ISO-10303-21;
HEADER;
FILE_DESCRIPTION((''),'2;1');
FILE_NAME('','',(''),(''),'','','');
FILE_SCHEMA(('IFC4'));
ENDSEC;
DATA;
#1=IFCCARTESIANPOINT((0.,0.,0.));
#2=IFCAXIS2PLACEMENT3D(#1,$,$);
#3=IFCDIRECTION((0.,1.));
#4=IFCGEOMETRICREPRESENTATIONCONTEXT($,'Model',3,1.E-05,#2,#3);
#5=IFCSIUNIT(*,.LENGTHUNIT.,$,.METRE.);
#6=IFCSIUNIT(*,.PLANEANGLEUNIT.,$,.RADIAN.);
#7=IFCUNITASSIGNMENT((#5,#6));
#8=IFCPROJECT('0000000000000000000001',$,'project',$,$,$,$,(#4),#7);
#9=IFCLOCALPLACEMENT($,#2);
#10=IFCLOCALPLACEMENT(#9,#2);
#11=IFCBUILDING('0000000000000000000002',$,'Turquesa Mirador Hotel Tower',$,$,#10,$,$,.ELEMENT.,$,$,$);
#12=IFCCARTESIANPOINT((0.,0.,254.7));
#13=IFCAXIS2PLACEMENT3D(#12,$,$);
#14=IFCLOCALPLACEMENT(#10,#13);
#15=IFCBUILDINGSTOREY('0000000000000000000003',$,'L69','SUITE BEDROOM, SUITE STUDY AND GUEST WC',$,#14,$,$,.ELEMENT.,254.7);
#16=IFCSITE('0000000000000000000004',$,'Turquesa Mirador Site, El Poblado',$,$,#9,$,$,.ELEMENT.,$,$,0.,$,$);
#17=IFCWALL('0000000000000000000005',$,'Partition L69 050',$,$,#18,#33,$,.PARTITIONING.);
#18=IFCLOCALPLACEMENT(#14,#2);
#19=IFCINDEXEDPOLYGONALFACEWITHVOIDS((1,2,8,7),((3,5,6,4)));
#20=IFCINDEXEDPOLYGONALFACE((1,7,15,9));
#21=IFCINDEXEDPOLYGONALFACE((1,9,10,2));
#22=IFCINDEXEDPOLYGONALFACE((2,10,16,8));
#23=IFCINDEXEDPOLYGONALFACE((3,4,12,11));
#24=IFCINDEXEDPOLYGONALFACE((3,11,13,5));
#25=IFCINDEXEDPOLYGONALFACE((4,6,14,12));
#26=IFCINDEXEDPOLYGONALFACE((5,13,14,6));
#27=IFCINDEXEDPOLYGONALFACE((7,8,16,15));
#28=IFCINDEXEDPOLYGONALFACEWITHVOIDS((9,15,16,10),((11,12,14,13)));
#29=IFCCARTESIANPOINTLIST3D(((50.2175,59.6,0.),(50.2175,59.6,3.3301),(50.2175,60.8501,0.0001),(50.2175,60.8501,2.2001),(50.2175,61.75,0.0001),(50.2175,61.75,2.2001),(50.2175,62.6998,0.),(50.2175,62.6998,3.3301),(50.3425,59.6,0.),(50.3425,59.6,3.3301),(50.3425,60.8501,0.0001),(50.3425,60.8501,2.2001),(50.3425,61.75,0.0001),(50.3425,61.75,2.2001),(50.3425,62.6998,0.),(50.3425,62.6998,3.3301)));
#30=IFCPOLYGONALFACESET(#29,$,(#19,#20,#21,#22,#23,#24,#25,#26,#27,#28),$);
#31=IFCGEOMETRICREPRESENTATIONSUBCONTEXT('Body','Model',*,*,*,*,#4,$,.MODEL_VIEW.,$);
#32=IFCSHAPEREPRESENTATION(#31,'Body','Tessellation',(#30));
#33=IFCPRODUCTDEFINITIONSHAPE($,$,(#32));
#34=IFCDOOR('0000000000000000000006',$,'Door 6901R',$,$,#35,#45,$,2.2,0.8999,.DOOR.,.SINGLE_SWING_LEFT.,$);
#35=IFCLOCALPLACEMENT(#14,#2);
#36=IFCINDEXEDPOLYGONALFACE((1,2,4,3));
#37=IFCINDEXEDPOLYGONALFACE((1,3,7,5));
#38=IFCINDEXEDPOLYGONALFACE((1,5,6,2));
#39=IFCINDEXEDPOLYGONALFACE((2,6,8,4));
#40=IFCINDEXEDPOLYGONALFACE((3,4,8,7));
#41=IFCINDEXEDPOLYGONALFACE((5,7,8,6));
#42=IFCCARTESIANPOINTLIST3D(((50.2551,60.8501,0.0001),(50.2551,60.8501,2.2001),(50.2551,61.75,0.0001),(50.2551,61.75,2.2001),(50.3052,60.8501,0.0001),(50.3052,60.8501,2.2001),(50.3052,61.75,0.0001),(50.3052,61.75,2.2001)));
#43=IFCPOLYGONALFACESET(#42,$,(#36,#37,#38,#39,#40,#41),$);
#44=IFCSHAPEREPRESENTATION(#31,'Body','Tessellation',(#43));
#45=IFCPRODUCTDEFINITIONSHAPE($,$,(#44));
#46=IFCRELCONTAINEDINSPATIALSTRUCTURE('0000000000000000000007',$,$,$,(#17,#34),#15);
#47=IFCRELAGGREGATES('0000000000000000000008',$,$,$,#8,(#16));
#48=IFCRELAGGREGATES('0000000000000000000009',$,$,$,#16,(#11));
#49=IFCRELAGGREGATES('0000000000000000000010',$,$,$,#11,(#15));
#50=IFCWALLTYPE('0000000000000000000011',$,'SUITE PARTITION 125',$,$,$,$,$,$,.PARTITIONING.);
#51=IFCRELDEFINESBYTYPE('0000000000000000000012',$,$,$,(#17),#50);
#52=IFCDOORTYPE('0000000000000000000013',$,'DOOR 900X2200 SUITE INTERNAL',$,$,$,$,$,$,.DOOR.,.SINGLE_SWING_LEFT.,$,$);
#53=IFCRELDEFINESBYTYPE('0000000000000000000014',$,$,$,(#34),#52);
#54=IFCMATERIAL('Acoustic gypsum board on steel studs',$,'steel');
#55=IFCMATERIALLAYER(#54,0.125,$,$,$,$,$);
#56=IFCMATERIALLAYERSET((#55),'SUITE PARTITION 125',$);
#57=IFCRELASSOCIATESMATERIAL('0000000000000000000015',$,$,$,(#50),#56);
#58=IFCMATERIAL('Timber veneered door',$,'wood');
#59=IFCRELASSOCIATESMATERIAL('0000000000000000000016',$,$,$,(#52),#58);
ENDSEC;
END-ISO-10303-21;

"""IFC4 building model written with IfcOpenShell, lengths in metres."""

from ifc_helpers import new_model, si_unit, direction, frame, frame_2d, origin, place, context, subcontext, project, spatial, rectangle, extrude, material, layer, layer_set, type_object, element, fill, save


model = new_model("IFC4")

# Units and contexts
model_context = context("Model", 3, precision=1e-05, world=origin(), true_north=direction((0.0, 1.0)))
body_context = subcontext(model_context, "Body", "Model", "MODEL_VIEW")
ifc_project = project(units=[si_unit("LENGTHUNIT", "METRE"), si_unit("PLANEANGLEUNIT", "RADIAN")], contexts=[model_context])

# Site, building, storey
site_placement = place(None, origin())
site = spatial("IfcSite", under=ifc_project, at=site_placement, Name="Turquesa Mirador Site, El Poblado", CompositionType="ELEMENT", RefElevation=0.0)
building_placement = place(site_placement, origin())
building = spatial("IfcBuilding", under=site, at=building_placement, Name="Turquesa Mirador Hotel Tower", CompositionType="ELEMENT")
storey_placement = place(building_placement, frame((0.0, 0.0, 254.7)))
storey = spatial("IfcBuildingStorey", under=building, at=storey_placement, Name="L69", Description="SUITE BEDROOM, SUITE STUDY AND GUEST WC", CompositionType="ELEMENT", Elevation=254.7)

# Wall, opening, door
ifc_material_1 = material(Name="Acoustic gypsum board on steel studs", Category="steel")
ifc_layer_1 = layer(ifc_material_1, 0.125)
ifc_layer_set_1 = layer_set([ifc_layer_1], Name="SUITE PARTITION 125")
wall_type_1 = type_object("IfcWallType", Name="SUITE PARTITION 125", PredefinedType="PARTITIONING", material=ifc_layer_set_1)
ifc_material_2 = material(Name="Timber veneered door", Category="wood")
door_type_1 = type_object("IfcDoorType", Name="DOOR 900X2200 SUITE INTERNAL", OperationType="SINGLE_SWING_LEFT", PredefinedType="DOOR", material=ifc_material_2)
wall_1_placement = place(storey_placement, frame((50.28, 59.6001, 0.0), z_axis=(0.0, 0.0, 1.0), x_axis=(0.0, 1.0, 0.0)))
wall_1 = element("IfcWall", 1, at=wall_1_placement, inside=storey, type_object=wall_type_1, Name="Partition L69 050", PredefinedType="PARTITIONING", context=body_context, shape_type="SweptSolid", body=[
    extrude(rectangle(XDim=3.0999, YDim=0.125, at=frame_2d((1.5498, 0.0))), origin(), (0.0, 0.0, 1.0), 3.3301),
])
opening_1_placement = place(wall_1_placement, frame((1.25, 0.0, 0.0)))
opening_1 = element("IfcOpeningElement", 2, at=opening_1_placement, cuts=wall_1, PredefinedType="OPENING", context=body_context, shape_type="SweptSolid", body=[
    extrude(rectangle(XDim=0.8999, YDim=2.2, at=frame_2d((0.45, 1.1001))), frame((0.0, 0.0725, 0.0), z_axis=(0.0, -1.0, 0.0), x_axis=(1.0, 0.0, 0.0)), (0.0, 0.0, 1.0), 0.145),
])
door_1_placement = place(opening_1_placement, origin())
door_1 = element("IfcDoor", 3, at=door_1_placement, inside=storey, type_object=door_type_1, Name="Door 6901R", OperationType="SINGLE_SWING_LEFT", OverallHeight=2.2, OverallWidth=0.8999, PredefinedType="DOOR", context=body_context, shape_type="SweptSolid", body=[
    extrude(rectangle(XDim=0.8999, YDim=2.2, at=frame_2d((0.45, 1.1001))), frame((0.0, 0.0249, 0.0), z_axis=(0.0, -1.0, 0.0), x_axis=(1.0, 0.0, 0.0)), (0.0, 0.0, 1.0), 0.05),
])
fill(opening_1, door_1)

save(model, "model.ifc")
